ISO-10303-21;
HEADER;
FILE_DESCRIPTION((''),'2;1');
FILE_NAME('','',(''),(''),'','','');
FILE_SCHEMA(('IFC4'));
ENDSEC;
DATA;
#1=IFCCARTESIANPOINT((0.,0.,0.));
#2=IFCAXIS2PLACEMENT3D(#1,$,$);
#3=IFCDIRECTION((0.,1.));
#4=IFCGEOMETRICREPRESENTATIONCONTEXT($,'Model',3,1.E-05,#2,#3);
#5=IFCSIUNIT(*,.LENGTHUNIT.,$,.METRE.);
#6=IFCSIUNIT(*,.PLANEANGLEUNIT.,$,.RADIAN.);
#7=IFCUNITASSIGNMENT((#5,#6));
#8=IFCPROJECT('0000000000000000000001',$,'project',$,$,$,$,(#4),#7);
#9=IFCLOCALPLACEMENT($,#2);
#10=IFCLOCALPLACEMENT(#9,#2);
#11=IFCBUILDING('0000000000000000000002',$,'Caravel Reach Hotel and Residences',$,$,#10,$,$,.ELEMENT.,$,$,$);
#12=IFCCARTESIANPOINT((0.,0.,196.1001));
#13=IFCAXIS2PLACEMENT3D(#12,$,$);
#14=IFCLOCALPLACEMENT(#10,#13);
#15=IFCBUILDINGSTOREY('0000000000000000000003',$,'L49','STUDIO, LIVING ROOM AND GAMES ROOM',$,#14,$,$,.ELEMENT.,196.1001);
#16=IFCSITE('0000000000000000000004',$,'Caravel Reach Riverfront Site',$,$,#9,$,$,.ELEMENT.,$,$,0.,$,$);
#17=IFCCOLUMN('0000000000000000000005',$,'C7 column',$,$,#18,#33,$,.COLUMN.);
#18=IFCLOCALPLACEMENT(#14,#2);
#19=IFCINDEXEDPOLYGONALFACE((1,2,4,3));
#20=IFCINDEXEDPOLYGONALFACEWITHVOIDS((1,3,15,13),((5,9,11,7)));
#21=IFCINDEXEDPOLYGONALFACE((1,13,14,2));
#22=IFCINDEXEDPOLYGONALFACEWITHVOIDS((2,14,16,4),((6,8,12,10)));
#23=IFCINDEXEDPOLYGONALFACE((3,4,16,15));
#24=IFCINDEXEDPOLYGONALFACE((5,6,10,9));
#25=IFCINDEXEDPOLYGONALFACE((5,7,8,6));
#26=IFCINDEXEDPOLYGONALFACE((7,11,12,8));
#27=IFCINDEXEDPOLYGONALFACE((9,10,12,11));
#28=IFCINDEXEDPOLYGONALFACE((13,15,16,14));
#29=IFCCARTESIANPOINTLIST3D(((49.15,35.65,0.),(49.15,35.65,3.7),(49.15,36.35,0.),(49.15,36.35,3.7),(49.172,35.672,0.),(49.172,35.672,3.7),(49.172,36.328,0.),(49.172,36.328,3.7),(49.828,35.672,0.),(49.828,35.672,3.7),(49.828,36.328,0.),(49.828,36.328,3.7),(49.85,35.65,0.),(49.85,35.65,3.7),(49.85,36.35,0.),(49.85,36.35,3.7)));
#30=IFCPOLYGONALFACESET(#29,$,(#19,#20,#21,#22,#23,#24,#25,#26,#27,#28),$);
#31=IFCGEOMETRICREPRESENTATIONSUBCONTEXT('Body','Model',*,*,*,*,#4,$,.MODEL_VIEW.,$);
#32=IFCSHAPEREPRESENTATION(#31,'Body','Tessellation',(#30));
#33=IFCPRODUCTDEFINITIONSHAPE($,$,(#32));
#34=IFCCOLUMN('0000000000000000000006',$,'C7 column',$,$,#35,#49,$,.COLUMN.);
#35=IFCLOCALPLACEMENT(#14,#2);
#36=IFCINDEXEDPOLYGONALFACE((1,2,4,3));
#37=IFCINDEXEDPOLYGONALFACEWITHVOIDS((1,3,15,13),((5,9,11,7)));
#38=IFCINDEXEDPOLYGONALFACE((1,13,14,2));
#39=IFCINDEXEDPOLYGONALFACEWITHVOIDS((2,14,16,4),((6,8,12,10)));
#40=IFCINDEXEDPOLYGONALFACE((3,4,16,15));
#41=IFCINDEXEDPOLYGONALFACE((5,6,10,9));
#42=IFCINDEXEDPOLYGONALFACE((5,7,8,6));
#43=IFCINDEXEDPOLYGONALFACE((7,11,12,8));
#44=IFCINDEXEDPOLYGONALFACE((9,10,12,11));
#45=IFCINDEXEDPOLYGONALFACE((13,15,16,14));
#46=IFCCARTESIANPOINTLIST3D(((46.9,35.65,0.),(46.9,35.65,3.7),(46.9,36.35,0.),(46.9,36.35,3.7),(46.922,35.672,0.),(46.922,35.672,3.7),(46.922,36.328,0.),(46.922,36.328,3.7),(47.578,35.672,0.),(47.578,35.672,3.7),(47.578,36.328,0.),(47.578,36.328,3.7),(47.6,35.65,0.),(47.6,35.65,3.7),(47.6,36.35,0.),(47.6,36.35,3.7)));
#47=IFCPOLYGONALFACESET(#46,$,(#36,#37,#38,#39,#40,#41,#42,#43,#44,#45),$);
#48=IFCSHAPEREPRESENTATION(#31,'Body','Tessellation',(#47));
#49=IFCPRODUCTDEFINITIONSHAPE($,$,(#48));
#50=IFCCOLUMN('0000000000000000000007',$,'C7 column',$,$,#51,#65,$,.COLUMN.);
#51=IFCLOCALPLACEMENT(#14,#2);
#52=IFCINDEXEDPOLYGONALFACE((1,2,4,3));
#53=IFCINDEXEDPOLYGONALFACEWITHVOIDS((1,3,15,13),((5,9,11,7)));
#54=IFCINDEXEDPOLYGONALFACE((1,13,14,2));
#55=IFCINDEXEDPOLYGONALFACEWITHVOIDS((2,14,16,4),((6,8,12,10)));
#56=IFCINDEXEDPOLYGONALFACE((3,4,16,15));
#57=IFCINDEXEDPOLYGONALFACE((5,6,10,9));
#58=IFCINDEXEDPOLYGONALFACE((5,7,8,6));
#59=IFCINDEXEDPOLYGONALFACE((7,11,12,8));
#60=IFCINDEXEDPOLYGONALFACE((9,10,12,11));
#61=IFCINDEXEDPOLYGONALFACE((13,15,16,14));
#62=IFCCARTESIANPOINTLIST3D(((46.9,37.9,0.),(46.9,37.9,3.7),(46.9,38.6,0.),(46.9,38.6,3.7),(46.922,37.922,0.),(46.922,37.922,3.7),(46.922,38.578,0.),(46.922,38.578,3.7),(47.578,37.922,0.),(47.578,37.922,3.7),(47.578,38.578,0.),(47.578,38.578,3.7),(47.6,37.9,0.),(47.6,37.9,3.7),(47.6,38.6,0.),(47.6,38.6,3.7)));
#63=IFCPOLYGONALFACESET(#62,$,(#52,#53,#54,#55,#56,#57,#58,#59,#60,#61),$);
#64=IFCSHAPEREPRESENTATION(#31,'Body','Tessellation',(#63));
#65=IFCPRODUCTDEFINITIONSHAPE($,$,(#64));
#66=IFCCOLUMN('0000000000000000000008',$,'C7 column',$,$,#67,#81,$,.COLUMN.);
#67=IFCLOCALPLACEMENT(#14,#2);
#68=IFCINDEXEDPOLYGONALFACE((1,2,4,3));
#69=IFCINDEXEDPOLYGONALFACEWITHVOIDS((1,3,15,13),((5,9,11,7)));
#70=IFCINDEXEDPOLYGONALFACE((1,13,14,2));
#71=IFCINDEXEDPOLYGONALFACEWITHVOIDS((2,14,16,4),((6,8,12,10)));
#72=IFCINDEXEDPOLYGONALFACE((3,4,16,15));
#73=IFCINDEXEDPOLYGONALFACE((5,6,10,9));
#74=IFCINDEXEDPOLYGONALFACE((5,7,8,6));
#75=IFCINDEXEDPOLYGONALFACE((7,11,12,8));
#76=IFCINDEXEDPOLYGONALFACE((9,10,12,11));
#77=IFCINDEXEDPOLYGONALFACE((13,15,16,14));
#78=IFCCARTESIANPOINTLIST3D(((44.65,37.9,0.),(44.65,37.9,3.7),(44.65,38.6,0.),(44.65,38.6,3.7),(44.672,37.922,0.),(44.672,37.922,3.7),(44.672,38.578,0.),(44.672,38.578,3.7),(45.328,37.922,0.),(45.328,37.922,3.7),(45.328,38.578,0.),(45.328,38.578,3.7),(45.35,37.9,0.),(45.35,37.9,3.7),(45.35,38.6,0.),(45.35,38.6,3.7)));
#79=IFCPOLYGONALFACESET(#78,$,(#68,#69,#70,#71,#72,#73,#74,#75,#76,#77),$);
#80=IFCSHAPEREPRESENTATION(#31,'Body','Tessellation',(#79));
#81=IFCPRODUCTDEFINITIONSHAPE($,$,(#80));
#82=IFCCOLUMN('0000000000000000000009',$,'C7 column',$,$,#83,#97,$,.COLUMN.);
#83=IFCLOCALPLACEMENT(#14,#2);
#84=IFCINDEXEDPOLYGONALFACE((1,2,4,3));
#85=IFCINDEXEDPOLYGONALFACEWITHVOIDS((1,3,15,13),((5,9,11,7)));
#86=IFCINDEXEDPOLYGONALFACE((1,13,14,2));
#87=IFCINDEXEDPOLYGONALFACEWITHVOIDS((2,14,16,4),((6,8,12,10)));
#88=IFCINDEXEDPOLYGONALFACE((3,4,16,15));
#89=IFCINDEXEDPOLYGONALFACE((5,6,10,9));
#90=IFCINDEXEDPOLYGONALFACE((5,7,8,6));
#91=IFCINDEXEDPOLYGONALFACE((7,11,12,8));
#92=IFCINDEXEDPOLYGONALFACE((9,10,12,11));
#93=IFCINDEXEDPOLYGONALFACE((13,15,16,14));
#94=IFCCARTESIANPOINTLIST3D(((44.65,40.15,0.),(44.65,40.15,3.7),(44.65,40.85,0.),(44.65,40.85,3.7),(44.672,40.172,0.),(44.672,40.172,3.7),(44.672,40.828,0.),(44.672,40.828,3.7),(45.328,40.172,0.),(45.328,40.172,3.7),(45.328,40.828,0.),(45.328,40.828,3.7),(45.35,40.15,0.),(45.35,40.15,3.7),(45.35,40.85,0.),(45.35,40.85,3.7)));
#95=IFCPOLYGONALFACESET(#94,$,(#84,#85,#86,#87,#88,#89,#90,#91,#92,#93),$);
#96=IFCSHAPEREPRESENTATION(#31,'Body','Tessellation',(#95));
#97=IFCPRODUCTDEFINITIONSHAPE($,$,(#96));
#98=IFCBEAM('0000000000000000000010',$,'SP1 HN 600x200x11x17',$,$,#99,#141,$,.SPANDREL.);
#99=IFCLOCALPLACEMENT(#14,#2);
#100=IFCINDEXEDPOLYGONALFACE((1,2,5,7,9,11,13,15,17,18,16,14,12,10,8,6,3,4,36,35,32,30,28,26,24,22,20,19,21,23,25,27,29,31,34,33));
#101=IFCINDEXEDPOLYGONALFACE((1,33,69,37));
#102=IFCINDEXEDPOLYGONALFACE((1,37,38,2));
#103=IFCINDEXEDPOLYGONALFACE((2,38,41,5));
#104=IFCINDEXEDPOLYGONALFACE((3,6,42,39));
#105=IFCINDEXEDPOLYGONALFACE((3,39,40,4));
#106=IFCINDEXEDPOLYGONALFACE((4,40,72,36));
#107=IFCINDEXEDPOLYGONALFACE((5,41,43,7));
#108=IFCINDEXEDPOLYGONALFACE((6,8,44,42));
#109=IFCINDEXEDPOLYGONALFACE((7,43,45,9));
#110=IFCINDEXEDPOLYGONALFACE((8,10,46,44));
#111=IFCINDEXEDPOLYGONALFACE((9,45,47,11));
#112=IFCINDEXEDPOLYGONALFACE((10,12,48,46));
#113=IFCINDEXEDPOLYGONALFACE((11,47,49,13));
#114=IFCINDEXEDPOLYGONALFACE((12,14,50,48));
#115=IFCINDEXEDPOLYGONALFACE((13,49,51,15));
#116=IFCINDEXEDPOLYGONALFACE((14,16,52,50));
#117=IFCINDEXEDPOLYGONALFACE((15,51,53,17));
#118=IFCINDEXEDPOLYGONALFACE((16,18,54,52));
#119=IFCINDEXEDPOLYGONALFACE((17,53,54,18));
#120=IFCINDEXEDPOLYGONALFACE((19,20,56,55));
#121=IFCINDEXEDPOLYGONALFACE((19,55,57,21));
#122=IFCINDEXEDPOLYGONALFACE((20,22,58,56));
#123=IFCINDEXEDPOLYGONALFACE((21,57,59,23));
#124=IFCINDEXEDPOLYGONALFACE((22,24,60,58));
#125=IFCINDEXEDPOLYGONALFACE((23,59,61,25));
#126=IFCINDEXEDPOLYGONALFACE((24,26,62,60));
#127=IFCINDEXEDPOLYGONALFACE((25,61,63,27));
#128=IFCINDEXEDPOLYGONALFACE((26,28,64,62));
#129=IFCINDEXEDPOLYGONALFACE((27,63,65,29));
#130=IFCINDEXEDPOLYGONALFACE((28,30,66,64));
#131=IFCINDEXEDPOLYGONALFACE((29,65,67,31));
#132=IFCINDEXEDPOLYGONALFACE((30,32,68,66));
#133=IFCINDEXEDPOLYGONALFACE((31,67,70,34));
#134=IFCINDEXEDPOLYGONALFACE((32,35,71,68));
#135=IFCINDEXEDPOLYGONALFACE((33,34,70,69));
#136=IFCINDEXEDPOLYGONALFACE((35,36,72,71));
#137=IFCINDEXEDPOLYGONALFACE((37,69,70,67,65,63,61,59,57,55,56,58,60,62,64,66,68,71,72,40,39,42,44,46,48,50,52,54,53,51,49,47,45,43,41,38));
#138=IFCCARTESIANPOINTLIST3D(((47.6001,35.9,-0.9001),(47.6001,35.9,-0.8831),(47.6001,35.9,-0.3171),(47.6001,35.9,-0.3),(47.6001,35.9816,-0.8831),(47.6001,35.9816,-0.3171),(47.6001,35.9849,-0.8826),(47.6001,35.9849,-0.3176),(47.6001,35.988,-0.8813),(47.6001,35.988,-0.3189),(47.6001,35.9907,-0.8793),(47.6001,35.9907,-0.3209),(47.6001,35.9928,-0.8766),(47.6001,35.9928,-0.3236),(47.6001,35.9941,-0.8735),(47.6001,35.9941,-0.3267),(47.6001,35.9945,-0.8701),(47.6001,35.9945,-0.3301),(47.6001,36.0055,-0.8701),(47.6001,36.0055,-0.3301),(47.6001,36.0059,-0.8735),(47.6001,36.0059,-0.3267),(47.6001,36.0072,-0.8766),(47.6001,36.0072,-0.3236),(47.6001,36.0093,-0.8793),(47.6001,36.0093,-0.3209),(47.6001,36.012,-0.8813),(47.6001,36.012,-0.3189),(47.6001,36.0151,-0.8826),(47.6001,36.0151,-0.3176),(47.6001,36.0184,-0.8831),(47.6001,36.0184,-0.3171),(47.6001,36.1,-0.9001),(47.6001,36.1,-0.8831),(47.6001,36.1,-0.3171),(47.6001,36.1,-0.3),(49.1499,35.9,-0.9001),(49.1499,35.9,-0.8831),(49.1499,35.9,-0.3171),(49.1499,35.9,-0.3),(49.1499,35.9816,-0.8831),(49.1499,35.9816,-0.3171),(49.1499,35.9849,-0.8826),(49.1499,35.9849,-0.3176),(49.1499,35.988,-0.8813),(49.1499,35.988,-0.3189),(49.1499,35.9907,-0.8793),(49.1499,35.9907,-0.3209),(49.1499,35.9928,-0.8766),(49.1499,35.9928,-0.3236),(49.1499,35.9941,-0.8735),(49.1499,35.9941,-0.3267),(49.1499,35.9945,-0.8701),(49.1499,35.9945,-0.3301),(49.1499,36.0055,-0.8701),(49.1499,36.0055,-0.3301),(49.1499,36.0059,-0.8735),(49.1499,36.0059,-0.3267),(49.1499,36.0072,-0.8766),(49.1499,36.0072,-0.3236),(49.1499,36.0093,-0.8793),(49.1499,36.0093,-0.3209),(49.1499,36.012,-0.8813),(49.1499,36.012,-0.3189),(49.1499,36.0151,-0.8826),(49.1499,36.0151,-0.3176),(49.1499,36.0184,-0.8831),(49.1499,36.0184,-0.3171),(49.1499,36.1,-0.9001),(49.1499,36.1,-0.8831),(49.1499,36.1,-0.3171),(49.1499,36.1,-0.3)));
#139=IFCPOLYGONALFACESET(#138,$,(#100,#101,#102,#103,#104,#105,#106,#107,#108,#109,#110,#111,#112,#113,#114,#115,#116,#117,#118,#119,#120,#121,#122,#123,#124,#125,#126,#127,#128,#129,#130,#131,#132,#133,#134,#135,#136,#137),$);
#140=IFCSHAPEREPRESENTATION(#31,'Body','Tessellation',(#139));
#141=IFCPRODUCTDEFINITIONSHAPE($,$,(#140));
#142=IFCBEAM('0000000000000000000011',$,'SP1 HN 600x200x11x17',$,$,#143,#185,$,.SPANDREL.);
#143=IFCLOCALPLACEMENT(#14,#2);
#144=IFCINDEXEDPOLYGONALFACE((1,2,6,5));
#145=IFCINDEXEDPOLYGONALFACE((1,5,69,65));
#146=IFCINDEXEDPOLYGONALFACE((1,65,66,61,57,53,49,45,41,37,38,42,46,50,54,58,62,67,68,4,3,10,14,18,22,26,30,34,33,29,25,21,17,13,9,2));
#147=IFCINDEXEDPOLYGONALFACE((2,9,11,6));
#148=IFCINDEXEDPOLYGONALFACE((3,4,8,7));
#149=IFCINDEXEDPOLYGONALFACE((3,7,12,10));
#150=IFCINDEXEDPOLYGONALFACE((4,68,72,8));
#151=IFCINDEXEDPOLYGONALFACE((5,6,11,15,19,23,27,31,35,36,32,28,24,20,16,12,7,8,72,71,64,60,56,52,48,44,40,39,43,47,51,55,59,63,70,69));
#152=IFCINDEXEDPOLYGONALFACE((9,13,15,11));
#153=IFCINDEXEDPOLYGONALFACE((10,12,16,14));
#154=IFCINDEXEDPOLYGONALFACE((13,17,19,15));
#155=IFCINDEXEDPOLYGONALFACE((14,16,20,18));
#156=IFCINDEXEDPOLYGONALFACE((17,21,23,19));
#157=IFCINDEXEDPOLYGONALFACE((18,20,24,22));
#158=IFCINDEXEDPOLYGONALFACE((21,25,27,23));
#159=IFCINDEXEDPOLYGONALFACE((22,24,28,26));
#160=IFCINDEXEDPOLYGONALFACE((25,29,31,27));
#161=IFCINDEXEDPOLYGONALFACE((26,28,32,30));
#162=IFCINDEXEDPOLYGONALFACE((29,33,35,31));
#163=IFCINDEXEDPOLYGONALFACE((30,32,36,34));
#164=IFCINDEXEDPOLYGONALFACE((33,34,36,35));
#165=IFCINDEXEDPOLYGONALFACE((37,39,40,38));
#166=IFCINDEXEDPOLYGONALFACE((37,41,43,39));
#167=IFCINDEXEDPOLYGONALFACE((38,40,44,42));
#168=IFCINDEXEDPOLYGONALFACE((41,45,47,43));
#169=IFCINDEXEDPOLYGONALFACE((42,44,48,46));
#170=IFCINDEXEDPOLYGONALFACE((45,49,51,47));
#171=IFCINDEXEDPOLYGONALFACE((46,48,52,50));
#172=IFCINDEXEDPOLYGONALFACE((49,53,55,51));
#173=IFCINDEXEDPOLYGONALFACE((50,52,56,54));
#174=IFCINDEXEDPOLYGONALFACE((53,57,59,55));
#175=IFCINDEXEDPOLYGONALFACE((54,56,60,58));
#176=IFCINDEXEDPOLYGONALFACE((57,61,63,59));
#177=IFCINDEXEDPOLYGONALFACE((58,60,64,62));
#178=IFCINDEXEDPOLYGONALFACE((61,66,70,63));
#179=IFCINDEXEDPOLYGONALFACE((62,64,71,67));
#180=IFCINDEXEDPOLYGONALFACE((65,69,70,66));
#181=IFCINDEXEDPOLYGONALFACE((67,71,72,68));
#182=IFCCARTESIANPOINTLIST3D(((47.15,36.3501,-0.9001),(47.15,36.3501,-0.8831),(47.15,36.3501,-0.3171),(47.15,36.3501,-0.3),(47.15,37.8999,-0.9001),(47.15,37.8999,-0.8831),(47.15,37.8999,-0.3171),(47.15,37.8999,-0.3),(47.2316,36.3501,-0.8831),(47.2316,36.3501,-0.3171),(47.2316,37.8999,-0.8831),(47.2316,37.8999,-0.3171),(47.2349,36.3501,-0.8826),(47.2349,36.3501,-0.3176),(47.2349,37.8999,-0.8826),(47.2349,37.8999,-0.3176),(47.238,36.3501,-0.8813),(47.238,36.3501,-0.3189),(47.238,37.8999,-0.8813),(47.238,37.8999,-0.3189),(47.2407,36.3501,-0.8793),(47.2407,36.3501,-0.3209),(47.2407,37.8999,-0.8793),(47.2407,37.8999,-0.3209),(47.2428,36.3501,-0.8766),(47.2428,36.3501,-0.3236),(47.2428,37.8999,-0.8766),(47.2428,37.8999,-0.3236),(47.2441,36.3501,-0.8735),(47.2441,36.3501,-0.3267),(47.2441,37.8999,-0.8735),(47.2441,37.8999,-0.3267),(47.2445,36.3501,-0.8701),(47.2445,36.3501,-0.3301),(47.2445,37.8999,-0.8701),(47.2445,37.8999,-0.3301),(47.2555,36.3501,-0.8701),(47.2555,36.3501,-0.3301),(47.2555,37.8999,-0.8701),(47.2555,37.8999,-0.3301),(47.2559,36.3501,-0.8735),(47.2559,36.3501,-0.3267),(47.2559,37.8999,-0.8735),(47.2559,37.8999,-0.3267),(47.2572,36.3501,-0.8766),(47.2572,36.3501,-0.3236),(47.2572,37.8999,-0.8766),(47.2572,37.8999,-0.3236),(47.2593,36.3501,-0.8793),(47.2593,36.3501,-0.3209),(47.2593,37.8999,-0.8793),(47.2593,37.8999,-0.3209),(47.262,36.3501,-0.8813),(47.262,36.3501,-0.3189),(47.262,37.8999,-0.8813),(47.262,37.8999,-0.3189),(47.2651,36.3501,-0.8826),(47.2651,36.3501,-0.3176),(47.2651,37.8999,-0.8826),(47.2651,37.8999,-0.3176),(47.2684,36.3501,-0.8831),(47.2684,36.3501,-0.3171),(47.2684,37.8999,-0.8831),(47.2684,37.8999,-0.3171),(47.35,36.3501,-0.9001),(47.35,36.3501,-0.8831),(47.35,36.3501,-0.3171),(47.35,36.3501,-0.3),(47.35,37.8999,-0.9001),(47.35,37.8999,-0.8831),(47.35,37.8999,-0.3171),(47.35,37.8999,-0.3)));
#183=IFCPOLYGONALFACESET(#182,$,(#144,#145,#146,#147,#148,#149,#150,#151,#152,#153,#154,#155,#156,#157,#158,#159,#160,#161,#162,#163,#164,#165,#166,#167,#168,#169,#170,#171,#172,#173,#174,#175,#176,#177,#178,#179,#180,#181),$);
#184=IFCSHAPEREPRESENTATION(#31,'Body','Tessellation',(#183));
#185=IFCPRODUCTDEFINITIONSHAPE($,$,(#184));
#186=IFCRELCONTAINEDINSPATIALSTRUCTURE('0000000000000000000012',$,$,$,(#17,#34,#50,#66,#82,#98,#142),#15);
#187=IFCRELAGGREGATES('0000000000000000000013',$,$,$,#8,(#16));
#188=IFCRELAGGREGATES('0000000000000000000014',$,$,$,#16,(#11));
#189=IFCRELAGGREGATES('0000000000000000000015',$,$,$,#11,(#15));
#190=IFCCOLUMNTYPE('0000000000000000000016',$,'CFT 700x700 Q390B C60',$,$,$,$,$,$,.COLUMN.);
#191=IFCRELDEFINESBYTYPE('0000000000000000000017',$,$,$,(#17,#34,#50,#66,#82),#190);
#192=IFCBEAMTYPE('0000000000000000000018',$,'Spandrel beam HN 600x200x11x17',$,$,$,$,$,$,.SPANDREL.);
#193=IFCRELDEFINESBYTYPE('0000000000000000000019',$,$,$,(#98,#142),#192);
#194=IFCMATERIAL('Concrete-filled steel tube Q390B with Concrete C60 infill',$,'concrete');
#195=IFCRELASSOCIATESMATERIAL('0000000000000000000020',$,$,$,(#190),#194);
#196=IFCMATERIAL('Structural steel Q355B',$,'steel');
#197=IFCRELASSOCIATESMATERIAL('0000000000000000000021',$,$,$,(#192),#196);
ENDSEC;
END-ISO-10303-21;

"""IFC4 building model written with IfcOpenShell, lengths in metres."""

from ifc_helpers import new_model, si_unit, direction, frame, origin, origin_2d, place, context, subcontext, project, spatial, hollow_rectangle, i_section, extrude, material, material_profile, profile_set, type_object, element, save


model = new_model("IFC4")

# Units and contexts
model_context = context("Model", 3, precision=1e-05, world=origin(), true_north=direction((0.0, 1.0)))
body_context = subcontext(model_context, "Body", "Model", "MODEL_VIEW")
ifc_project = project(units=[si_unit("LENGTHUNIT", "METRE"), si_unit("PLANEANGLEUNIT", "RADIAN")], contexts=[model_context])

# Site, building, storey
site_placement = place(None, origin())
site = spatial("IfcSite", under=ifc_project, at=site_placement, Name="Caravel Reach Riverfront Site", CompositionType="ELEMENT", RefElevation=0.0)
building_placement = place(site_placement, origin())
building = spatial("IfcBuilding", under=site, at=building_placement, Name="Caravel Reach Hotel and Residences", CompositionType="ELEMENT")
storey_placement = place(building_placement, frame((0.0, 0.0, 196.1001)))
storey = spatial("IfcBuildingStorey", under=building, at=storey_placement, Name="L49", Description="STUDIO, LIVING ROOM AND GAMES ROOM", CompositionType="ELEMENT", Elevation=196.1001)

# Columns
ifc_material_1 = material(Name="Concrete-filled steel tube Q390B with Concrete C60 infill", Category="concrete")
ifc_material_profile_1 = material_profile(ifc_material_1, hollow_rectangle(XDim=0.7, YDim=0.7, WallThickness=0.022, at=origin_2d()), Name="RHS 700x700x22")
ifc_profile_set_1 = profile_set([ifc_material_profile_1], Name="Concrete-filled steel tube Q390B with Concrete C60 infill")
column_type = type_object("IfcColumnType", Name="CFT 700x700 Q390B C60", PredefinedType="COLUMN", material=ifc_profile_set_1)
for number, where, z_axis, x_axis, name in (
    (1, (49.5, 36.0, 0.0), (0.0, 0.0, 1.0), (1.0, 0.0, 0.0), "C7 column"),
    (2, (47.25, 36.0, 0.0), (0.0, 0.0, 1.0), (1.0, 0.0, 0.0), "C7 column"),
    (3, (47.25, 38.25, 0.0), (0.0, 0.0, 1.0), (1.0, 0.0, 0.0), "C7 column"),
    (4, (45.0, 38.25, 0.0), (0.0, 0.0, 1.0), (1.0, 0.0, 0.0), "C7 column"),
    (5, (45.0, 40.5, 0.0), (0.0, 0.0, 1.0), (1.0, 0.0, 0.0), "C7 column"),
):
    element("IfcColumn", number, at=place(storey_placement, frame(where, z_axis=z_axis, x_axis=x_axis)), inside=storey, type_object=column_type, Name=name, PredefinedType="COLUMN", context=body_context, shape_type="SweptSolid", body=[
        extrude(hollow_rectangle(XDim=0.7, YDim=0.7, WallThickness=0.022, at=origin_2d()), origin(), (0.0, 0.0, 1.0), 3.7),
    ])

# Beams
ifc_material_2 = material(Name="Structural steel Q355B", Category="steel")
ifc_material_profile_2 = material_profile(ifc_material_2, i_section(OverallWidth=0.2, OverallDepth=0.6001, WebThickness=0.011, FlangeThickness=0.0171, FilletRadius=0.0129, at=origin_2d()), Name="HN 600x200x11x17")
ifc_profile_set_2 = profile_set([ifc_material_profile_2], Name="Structural steel Q355B")
beam_type = type_object("IfcBeamType", Name="Spandrel beam HN 600x200x11x17", PredefinedType="SPANDREL", material=ifc_profile_set_2)
for number, where, z_axis, x_axis, name in (
    (6, (49.1499, 36.0, -0.6001), (-1.0, 0.0, 0.0), (0.0, -1.0, 0.0), "SP1 HN 600x200x11x17"),
    (7, (47.25, 36.3501, -0.6001), (0.0, 1.0, 0.0), (-1.0, 0.0, 0.0), "SP1 HN 600x200x11x17"),
):
    element("IfcBeam", number, at=place(storey_placement, frame(where, z_axis=z_axis, x_axis=x_axis)), inside=storey, type_object=beam_type, Name=name, PredefinedType="SPANDREL", context=body_context, shape_type="SweptSolid", body=[
        extrude(i_section(OverallWidth=0.2, OverallDepth=0.6001, WebThickness=0.011, FlangeThickness=0.0171, FilletRadius=0.0129, at=origin_2d()), origin(), (0.0, 0.0, 1.0), 1.5498),
    ])

save(model, "model.ifc")
